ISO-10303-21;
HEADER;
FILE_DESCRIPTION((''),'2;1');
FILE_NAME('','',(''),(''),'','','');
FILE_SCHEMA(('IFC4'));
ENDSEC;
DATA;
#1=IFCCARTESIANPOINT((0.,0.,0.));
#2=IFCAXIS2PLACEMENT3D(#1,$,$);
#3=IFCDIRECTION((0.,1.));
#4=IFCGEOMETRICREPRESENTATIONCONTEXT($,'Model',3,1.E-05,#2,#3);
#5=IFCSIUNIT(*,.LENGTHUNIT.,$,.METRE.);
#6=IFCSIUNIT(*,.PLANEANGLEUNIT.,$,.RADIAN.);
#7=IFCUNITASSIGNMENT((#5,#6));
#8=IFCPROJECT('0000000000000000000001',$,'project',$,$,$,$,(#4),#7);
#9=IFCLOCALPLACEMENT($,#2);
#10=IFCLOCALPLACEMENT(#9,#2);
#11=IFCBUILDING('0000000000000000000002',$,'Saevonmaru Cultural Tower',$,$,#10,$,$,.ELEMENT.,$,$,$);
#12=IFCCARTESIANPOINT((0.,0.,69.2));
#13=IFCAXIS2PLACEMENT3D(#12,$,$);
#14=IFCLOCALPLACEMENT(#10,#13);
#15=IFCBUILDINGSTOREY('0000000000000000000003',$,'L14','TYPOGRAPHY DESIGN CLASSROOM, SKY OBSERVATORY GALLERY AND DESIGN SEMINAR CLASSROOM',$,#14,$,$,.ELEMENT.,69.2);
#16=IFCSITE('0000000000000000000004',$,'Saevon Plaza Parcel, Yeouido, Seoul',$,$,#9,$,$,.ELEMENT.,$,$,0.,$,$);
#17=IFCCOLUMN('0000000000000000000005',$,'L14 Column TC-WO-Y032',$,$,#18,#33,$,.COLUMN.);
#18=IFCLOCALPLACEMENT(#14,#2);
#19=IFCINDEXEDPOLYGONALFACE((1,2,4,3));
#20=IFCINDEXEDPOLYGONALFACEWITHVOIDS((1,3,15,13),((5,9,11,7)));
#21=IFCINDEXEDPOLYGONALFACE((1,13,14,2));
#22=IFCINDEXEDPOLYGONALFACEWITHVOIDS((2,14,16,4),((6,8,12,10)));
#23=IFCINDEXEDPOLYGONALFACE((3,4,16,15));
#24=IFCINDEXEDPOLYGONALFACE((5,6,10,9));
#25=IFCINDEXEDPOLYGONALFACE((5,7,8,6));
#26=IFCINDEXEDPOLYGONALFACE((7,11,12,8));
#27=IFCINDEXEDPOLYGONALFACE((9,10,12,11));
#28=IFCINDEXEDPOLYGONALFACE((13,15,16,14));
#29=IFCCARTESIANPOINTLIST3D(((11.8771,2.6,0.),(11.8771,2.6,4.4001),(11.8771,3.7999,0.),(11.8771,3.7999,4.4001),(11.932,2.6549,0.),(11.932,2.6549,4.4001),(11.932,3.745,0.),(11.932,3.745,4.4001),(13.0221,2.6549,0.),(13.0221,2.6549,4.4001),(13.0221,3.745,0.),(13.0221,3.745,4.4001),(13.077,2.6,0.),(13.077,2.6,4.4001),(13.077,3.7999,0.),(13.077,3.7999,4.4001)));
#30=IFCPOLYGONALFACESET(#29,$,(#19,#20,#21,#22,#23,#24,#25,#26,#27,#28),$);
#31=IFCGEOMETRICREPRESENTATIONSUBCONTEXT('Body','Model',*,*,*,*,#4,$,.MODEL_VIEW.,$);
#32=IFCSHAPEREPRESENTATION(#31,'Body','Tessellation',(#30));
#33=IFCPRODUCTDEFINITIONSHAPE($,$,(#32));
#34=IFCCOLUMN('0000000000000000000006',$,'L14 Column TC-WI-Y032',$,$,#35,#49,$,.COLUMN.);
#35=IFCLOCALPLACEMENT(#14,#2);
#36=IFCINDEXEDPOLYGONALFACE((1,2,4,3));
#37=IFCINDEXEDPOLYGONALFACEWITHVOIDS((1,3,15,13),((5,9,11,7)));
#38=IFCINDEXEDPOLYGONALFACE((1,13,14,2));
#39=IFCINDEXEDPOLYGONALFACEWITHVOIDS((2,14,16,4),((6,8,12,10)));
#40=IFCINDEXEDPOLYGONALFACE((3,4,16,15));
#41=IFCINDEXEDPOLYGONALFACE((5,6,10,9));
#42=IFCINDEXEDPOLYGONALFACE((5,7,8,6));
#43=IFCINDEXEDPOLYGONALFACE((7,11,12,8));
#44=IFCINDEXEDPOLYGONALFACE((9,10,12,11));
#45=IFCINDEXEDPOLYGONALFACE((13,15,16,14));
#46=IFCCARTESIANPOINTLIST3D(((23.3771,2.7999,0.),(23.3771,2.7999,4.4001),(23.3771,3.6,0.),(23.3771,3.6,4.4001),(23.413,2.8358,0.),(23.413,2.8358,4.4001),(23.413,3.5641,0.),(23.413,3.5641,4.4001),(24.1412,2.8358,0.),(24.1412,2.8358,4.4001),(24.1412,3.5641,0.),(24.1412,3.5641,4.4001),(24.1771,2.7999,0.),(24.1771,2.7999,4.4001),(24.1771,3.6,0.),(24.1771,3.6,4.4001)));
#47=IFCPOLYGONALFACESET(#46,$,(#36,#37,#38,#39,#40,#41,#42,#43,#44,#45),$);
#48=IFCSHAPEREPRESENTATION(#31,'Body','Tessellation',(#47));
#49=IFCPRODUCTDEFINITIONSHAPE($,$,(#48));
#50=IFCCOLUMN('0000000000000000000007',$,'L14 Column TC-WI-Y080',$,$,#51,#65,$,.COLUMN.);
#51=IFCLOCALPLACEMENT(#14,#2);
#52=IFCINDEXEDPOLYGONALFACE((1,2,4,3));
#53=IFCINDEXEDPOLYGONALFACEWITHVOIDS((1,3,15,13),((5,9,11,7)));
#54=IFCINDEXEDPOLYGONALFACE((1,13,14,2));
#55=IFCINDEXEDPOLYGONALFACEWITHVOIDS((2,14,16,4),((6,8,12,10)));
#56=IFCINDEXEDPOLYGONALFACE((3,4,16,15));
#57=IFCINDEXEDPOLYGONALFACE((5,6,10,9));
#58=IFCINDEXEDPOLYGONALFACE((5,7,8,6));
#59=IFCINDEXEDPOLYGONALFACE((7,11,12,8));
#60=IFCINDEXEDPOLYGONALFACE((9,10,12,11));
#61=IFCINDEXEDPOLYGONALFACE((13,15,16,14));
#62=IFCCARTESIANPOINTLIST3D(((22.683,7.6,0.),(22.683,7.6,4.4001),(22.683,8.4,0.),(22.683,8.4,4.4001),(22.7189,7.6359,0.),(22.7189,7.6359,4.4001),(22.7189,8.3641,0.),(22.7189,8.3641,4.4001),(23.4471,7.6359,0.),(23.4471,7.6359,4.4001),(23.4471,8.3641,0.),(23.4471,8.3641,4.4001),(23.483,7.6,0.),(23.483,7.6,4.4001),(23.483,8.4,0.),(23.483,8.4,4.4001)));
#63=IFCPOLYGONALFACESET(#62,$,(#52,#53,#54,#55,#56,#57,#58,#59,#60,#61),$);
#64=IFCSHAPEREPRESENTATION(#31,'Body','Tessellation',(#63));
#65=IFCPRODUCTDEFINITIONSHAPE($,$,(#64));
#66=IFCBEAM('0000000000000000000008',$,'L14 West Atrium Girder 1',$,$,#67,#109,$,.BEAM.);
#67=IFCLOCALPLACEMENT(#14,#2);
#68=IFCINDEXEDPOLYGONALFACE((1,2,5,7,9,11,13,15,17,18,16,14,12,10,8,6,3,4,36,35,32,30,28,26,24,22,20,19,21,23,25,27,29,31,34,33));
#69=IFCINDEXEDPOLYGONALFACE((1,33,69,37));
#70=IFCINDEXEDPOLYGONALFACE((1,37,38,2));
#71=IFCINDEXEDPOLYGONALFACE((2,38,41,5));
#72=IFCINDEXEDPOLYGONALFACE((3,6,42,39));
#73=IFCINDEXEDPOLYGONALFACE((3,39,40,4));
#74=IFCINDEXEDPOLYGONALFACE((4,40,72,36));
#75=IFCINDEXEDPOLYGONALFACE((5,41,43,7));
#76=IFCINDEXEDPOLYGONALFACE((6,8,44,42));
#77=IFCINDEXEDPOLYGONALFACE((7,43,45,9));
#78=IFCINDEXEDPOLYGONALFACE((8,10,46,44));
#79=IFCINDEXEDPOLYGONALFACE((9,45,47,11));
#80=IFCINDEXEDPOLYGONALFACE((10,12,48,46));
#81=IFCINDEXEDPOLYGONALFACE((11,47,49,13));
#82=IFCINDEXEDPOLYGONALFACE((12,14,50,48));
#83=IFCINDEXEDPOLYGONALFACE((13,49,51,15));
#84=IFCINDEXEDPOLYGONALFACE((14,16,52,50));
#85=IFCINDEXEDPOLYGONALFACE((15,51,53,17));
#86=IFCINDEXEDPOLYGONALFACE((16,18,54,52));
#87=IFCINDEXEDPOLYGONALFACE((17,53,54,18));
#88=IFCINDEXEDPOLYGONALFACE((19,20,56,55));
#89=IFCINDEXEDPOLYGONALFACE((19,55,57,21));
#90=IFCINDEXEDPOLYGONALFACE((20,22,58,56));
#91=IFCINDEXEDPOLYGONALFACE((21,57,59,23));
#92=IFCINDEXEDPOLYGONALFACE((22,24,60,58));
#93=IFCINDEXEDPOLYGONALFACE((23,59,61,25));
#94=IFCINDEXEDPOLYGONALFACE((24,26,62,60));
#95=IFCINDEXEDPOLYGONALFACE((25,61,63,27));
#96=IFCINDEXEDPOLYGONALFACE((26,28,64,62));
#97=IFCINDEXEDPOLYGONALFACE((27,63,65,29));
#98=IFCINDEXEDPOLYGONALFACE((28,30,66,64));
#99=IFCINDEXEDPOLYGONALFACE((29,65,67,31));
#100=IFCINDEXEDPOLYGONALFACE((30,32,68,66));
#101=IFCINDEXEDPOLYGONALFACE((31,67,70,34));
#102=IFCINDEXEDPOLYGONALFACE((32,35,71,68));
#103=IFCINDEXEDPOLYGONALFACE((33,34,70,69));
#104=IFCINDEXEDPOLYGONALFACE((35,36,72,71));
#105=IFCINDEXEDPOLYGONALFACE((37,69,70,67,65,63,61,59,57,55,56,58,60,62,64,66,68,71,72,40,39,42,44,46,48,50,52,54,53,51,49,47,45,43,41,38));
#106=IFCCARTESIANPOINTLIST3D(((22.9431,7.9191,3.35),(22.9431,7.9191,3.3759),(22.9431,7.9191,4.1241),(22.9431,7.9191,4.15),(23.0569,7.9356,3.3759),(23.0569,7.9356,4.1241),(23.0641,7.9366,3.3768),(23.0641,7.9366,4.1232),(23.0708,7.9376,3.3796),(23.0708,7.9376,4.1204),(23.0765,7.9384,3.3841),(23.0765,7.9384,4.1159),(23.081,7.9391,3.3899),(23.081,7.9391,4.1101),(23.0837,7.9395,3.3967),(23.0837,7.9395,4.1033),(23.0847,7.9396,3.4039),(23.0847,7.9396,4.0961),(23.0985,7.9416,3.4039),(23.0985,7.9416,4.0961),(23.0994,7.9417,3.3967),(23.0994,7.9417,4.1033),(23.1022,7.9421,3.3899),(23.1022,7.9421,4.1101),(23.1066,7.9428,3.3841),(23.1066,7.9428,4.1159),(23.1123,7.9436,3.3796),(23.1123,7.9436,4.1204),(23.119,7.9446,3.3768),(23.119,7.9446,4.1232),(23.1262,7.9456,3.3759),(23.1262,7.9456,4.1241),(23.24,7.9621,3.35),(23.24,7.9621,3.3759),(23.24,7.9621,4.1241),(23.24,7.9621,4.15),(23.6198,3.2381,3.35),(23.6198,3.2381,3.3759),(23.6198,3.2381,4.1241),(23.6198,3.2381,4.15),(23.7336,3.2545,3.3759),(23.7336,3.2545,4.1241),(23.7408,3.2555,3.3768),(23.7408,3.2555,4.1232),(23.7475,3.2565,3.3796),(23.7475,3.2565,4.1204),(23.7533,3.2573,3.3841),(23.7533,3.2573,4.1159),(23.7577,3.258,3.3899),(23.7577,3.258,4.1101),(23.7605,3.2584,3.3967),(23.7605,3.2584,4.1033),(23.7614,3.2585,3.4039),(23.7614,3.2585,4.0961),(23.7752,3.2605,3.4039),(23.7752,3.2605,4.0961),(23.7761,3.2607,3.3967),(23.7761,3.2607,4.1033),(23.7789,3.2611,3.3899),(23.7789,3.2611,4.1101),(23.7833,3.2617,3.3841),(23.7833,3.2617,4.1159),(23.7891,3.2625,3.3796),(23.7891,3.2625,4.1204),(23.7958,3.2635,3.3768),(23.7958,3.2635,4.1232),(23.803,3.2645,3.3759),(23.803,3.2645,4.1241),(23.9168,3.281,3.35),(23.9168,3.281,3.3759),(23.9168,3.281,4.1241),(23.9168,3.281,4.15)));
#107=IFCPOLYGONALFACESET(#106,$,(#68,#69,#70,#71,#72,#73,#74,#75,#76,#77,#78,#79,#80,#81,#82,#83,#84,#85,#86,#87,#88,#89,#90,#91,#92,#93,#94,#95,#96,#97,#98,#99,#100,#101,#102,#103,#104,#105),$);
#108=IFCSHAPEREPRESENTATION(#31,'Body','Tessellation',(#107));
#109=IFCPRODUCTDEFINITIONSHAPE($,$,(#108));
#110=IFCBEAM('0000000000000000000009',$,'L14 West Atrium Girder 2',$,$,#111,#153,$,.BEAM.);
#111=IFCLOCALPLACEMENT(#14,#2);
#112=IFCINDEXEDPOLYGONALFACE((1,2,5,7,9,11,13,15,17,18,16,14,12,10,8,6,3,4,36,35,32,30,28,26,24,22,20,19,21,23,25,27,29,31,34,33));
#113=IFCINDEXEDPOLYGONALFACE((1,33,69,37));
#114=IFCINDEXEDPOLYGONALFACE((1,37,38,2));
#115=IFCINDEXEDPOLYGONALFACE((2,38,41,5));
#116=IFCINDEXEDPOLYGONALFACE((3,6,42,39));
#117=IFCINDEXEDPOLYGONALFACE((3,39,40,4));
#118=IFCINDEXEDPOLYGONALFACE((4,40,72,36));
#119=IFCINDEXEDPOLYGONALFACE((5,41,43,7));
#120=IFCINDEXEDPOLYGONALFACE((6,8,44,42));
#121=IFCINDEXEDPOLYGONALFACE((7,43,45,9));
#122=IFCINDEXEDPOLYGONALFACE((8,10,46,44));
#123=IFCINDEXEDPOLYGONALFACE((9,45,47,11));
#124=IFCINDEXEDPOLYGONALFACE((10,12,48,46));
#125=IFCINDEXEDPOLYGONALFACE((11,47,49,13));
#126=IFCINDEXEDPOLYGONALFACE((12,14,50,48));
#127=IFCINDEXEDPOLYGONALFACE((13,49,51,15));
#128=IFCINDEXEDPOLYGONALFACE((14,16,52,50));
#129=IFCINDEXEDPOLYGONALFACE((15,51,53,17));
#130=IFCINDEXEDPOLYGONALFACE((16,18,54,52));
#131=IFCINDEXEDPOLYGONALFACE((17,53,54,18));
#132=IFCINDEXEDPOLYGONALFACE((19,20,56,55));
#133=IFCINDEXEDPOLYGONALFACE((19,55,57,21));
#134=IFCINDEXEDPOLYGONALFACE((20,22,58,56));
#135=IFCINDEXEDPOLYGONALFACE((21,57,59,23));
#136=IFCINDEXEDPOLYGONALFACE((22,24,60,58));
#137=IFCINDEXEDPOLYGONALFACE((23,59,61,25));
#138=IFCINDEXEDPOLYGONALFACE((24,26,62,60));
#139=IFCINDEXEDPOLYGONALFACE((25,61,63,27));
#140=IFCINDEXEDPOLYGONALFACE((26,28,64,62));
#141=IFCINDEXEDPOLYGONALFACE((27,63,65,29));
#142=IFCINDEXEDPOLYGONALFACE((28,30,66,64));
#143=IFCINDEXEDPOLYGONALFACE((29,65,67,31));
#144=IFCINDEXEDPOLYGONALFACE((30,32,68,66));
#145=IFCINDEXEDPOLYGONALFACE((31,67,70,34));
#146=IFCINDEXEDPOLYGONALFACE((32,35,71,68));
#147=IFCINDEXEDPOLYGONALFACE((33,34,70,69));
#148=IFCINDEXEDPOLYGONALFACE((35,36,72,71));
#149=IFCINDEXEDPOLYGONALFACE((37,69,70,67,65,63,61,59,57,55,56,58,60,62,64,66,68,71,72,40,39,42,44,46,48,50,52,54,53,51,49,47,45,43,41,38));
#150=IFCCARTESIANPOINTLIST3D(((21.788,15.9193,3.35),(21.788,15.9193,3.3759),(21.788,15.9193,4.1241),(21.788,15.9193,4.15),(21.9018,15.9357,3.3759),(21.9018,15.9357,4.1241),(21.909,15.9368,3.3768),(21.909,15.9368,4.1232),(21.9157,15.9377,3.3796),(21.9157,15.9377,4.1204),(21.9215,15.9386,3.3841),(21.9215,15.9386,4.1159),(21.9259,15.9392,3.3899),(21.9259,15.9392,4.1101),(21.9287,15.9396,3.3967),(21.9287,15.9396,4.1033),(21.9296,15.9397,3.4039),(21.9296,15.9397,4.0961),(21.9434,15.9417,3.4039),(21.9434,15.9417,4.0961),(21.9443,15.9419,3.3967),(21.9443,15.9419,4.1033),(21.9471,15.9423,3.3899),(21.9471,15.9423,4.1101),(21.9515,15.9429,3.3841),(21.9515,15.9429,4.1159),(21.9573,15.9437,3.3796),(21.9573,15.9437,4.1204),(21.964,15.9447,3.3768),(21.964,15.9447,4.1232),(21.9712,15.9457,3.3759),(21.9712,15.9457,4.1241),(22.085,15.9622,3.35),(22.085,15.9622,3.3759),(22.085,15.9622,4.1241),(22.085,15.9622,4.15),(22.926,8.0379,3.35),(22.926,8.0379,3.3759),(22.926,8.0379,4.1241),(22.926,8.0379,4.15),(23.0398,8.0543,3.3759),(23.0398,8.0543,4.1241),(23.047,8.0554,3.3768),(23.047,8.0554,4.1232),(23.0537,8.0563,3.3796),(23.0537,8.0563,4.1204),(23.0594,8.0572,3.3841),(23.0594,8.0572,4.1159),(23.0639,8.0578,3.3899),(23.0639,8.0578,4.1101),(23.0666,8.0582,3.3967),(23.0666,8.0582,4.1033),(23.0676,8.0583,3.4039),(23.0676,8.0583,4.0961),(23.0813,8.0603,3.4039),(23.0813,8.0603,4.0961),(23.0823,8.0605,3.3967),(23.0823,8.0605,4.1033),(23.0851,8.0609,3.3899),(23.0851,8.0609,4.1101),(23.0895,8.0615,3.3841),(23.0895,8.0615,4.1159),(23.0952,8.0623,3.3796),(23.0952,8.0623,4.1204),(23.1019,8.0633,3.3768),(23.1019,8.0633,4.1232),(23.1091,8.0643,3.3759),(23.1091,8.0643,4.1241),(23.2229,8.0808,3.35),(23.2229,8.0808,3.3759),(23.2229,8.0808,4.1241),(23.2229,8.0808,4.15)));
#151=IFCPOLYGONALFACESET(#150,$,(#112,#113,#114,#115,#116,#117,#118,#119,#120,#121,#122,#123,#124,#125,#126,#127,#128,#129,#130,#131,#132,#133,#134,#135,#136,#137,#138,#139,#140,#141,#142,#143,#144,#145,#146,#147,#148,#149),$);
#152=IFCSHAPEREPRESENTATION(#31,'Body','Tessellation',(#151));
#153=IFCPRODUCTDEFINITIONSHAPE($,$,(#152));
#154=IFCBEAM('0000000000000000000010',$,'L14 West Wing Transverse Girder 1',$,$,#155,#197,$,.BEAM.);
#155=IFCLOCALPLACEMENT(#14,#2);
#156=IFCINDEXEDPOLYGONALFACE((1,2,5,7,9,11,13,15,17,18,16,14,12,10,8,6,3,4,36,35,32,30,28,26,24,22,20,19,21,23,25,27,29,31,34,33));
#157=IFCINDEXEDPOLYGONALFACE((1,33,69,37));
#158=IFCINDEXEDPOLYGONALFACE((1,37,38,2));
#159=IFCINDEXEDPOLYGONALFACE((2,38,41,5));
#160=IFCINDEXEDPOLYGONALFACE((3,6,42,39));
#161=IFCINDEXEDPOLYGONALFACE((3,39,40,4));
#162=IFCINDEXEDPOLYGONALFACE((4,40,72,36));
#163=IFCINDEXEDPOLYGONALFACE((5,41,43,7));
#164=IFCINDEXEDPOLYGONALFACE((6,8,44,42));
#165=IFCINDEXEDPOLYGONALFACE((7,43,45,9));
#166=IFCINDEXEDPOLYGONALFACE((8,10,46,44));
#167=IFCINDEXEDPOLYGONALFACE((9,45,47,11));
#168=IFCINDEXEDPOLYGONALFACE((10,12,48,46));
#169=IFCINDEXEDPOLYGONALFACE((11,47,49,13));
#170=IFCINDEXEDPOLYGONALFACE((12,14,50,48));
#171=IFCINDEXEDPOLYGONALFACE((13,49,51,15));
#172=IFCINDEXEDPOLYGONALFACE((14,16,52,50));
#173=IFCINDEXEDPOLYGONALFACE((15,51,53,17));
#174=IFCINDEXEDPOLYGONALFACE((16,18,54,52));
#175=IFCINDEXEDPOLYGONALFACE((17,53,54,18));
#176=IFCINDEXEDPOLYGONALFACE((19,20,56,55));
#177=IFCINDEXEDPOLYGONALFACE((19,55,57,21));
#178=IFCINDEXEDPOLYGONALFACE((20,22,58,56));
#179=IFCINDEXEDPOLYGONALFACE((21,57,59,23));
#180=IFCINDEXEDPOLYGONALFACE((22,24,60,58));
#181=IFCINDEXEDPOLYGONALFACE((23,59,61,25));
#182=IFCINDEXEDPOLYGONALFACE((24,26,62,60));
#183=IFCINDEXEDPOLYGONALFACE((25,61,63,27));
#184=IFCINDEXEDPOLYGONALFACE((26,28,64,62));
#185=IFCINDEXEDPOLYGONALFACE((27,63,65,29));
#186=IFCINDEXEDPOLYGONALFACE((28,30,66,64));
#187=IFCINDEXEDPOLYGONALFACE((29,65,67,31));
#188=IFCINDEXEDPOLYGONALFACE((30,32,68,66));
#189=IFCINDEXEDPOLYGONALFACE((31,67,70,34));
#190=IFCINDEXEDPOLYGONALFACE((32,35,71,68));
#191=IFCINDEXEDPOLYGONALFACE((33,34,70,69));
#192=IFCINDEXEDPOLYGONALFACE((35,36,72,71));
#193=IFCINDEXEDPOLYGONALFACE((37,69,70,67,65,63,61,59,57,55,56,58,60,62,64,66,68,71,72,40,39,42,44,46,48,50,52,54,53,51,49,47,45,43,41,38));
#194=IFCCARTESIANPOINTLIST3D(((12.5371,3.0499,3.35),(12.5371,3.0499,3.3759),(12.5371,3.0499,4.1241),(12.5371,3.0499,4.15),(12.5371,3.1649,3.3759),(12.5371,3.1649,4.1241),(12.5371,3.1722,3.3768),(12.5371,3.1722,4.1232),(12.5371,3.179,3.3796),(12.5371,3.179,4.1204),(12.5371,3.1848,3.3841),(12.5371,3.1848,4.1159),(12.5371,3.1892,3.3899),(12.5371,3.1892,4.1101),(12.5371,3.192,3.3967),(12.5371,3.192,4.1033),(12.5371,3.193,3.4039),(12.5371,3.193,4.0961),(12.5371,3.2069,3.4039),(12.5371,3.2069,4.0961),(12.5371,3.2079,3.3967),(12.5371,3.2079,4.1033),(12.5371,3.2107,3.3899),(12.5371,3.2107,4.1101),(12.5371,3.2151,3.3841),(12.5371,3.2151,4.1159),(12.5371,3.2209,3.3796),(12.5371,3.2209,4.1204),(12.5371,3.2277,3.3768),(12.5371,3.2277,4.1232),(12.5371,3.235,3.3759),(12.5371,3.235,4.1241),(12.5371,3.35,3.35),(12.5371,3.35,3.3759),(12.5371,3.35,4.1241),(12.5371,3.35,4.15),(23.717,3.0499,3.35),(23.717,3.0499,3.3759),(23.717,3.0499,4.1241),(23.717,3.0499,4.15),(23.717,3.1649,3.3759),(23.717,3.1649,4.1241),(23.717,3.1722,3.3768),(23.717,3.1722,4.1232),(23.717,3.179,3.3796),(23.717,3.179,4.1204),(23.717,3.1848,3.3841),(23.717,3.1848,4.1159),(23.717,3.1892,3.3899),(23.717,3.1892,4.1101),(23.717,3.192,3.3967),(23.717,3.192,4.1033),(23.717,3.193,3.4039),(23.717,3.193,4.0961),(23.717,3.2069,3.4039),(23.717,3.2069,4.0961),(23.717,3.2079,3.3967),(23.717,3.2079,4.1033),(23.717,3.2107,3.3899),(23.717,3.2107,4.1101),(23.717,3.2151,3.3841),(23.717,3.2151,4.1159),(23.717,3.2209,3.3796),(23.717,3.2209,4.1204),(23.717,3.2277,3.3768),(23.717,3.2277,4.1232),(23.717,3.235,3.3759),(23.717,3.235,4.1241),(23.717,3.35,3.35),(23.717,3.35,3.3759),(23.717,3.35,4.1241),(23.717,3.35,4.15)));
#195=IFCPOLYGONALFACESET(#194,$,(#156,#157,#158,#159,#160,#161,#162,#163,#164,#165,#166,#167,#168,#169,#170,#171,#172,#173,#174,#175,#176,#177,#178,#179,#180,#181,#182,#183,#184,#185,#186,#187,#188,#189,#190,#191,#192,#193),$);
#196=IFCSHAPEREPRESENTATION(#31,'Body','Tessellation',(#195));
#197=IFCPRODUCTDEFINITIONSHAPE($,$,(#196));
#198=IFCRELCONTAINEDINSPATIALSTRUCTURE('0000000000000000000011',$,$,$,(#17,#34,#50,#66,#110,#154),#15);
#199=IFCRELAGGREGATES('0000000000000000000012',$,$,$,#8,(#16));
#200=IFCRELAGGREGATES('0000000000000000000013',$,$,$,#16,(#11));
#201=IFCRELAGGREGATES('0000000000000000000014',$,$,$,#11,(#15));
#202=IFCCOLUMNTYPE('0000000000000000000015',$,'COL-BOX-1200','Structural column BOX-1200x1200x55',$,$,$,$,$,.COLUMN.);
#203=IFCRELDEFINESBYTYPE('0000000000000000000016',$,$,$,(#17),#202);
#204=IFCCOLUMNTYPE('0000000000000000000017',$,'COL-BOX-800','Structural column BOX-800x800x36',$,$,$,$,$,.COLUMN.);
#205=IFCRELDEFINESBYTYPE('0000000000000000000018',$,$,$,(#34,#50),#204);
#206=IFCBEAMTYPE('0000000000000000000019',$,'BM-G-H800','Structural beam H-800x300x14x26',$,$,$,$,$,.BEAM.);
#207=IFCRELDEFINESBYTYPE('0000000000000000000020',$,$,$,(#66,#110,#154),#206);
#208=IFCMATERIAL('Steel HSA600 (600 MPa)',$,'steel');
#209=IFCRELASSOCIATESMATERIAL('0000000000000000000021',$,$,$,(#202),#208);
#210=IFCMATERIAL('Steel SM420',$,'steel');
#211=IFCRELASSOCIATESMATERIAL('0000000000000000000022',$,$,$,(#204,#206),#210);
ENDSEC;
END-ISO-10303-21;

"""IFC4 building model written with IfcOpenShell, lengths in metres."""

from ifc_helpers import new_model, si_unit, direction, frame, origin, origin_2d, place, context, subcontext, project, spatial, hollow_rectangle, i_section, extrude, material, material_profile, profile_set, type_object, element, save


model = new_model("IFC4")

# Units and contexts
model_context = context("Model", 3, precision=1e-05, world=origin(), true_north=direction((0.0, 1.0)))
body_context = subcontext(model_context, "Body", "Model", "MODEL_VIEW")
ifc_project = project(units=[si_unit("LENGTHUNIT", "METRE"), si_unit("PLANEANGLEUNIT", "RADIAN")], contexts=[model_context])

# Site, building, storey
site_placement = place(None, origin())
site = spatial("IfcSite", under=ifc_project, at=site_placement, Name="Saevon Plaza Parcel, Yeouido, Seoul", CompositionType="ELEMENT", RefElevation=0.0)
building_placement = place(site_placement, origin())
building = spatial("IfcBuilding", under=site, at=building_placement, Name="Saevonmaru Cultural Tower", CompositionType="ELEMENT")
storey_placement = place(building_placement, frame((0.0, 0.0, 69.2)))
storey = spatial("IfcBuildingStorey", under=building, at=storey_placement, Name="L14", Description="TYPOGRAPHY DESIGN CLASSROOM, SKY OBSERVATORY GALLERY AND DESIGN SEMINAR CLASSROOM", CompositionType="ELEMENT", Elevation=69.2)

# Columns
ifc_material_1 = material(Name="Steel HSA600 (600 MPa)", Category="steel")
ifc_material_profile_1 = material_profile(ifc_material_1, hollow_rectangle(XDim=1.2, YDim=1.2, WallThickness=0.0549, at=origin_2d()), Name="BOX-1200x1200x55")
ifc_profile_set_1 = profile_set([ifc_material_profile_1], Name="Steel HSA600 (600 MPa)")
column_type_1 = type_object("IfcColumnType", Name="COL-BOX-1200", Description="Structural column BOX-1200x1200x55", PredefinedType="COLUMN", material=ifc_profile_set_1)
column_placement = place(storey_placement, frame((12.4771, 3.2, 0.0), z_axis=(0.0, 0.0, 1.0), x_axis=(1.0, 0.0, 0.0)))
element("IfcColumn", 1, at=column_placement, inside=storey, type_object=column_type_1, Name="L14 Column TC-WO-Y032", PredefinedType="COLUMN", context=body_context, shape_type="SweptSolid", body=[
    extrude(hollow_rectangle(XDim=1.2, YDim=1.2, WallThickness=0.0549, at=origin_2d()), origin(), (0.0, 0.0, 1.0), 4.4001),
])
ifc_material_2 = material(Name="Steel SM420", Category="steel")
ifc_material_profile_2 = material_profile(ifc_material_2, hollow_rectangle(XDim=0.8, YDim=0.8, WallThickness=0.0359, at=origin_2d()), Name="BOX-800x800x36")
ifc_profile_set_2 = profile_set([ifc_material_profile_2], Name="Steel SM420")
column_type_2 = type_object("IfcColumnType", Name="COL-BOX-800", Description="Structural column BOX-800x800x36", PredefinedType="COLUMN", material=ifc_profile_set_2)
for number, where, z_axis, x_axis, name in (
    (2, (23.7771, 3.2, 0.0), (0.0, 0.0, 1.0), (1.0, 0.0, 0.0), "L14 Column TC-WI-Y032"),
    (3, (23.083, 8.0, 0.0), (0.0, 0.0, 1.0), (1.0, 0.0, 0.0), "L14 Column TC-WI-Y080"),
):
    element("IfcColumn", number, at=place(storey_placement, frame(where, z_axis=z_axis, x_axis=x_axis)), inside=storey, type_object=column_type_2, Name=name, PredefinedType="COLUMN", context=body_context, shape_type="SweptSolid", body=[
        extrude(hollow_rectangle(XDim=0.8, YDim=0.8, WallThickness=0.0359, at=origin_2d()), origin(), (0.0, 0.0, 1.0), 4.4001),
    ])

# Beams
ifc_material_profile_3 = material_profile(ifc_material_2, i_section(OverallWidth=0.3, OverallDepth=0.8, WebThickness=0.0139, FlangeThickness=0.0259, FilletRadius=0.0281, at=origin_2d()), Name="H-800x300x14x26")
ifc_profile_set_3 = profile_set([ifc_material_profile_3], Name="Steel SM420")
beam_type_1 = type_object("IfcBeamType", Name="BM-G-H800", Description="Structural beam H-800x300x14x26", PredefinedType="BEAM", material=ifc_profile_set_3)
beam_1_placement = place(storey_placement, frame((23.7683, 3.2595, 3.75), z_axis=(-0.143083, 0.989711, 0.0), x_axis=(-0.989711, -0.143083, 0.0)))
element("IfcBeam", 4, at=beam_1_placement, inside=storey, type_object=beam_type_1, Name="L14 West Atrium Girder 1", PredefinedType="BEAM", context=body_context, shape_type="SweptSolid", body=[
    extrude(i_section(OverallWidth=0.3, OverallDepth=0.8, WebThickness=0.0139, FlangeThickness=0.0259, FilletRadius=0.0281, at=origin_2d()), origin(), (0.0, 0.0, 1.0), 4.7297),
])
beam_2_placement = place(storey_placement, frame((23.0745, 8.0593, 3.75), z_axis=(-0.142902, 0.989737, 0.0), x_axis=(-0.989737, -0.142902, 0.0)))
element("IfcBeam", 5, at=beam_2_placement, inside=storey, type_object=beam_type_1, Name="L14 West Atrium Girder 2", PredefinedType="BEAM", context=body_context, shape_type="SweptSolid", body=[
    extrude(i_section(OverallWidth=0.3, OverallDepth=0.8, WebThickness=0.0139, FlangeThickness=0.0259, FilletRadius=0.0281, at=origin_2d()), origin(), (0.0, 0.0, 1.0), 7.9631),
])
beam_3_placement = place(storey_placement, frame((12.5371, 3.2, 3.75), z_axis=(1.0, 0.0, 0.0), x_axis=(0.0, 1.0, 0.0)))
element("IfcBeam", 6, at=beam_3_placement, inside=storey, type_object=beam_type_1, Name="L14 West Wing Transverse Girder 1", PredefinedType="BEAM", context=body_context, shape_type="SweptSolid", body=[
    extrude(i_section(OverallWidth=0.3, OverallDepth=0.8, WebThickness=0.0139, FlangeThickness=0.0259, FilletRadius=0.0281, at=origin_2d()), origin(), (0.0, 0.0, 1.0), 11.1799),
])

save(model, "model.ifc")
